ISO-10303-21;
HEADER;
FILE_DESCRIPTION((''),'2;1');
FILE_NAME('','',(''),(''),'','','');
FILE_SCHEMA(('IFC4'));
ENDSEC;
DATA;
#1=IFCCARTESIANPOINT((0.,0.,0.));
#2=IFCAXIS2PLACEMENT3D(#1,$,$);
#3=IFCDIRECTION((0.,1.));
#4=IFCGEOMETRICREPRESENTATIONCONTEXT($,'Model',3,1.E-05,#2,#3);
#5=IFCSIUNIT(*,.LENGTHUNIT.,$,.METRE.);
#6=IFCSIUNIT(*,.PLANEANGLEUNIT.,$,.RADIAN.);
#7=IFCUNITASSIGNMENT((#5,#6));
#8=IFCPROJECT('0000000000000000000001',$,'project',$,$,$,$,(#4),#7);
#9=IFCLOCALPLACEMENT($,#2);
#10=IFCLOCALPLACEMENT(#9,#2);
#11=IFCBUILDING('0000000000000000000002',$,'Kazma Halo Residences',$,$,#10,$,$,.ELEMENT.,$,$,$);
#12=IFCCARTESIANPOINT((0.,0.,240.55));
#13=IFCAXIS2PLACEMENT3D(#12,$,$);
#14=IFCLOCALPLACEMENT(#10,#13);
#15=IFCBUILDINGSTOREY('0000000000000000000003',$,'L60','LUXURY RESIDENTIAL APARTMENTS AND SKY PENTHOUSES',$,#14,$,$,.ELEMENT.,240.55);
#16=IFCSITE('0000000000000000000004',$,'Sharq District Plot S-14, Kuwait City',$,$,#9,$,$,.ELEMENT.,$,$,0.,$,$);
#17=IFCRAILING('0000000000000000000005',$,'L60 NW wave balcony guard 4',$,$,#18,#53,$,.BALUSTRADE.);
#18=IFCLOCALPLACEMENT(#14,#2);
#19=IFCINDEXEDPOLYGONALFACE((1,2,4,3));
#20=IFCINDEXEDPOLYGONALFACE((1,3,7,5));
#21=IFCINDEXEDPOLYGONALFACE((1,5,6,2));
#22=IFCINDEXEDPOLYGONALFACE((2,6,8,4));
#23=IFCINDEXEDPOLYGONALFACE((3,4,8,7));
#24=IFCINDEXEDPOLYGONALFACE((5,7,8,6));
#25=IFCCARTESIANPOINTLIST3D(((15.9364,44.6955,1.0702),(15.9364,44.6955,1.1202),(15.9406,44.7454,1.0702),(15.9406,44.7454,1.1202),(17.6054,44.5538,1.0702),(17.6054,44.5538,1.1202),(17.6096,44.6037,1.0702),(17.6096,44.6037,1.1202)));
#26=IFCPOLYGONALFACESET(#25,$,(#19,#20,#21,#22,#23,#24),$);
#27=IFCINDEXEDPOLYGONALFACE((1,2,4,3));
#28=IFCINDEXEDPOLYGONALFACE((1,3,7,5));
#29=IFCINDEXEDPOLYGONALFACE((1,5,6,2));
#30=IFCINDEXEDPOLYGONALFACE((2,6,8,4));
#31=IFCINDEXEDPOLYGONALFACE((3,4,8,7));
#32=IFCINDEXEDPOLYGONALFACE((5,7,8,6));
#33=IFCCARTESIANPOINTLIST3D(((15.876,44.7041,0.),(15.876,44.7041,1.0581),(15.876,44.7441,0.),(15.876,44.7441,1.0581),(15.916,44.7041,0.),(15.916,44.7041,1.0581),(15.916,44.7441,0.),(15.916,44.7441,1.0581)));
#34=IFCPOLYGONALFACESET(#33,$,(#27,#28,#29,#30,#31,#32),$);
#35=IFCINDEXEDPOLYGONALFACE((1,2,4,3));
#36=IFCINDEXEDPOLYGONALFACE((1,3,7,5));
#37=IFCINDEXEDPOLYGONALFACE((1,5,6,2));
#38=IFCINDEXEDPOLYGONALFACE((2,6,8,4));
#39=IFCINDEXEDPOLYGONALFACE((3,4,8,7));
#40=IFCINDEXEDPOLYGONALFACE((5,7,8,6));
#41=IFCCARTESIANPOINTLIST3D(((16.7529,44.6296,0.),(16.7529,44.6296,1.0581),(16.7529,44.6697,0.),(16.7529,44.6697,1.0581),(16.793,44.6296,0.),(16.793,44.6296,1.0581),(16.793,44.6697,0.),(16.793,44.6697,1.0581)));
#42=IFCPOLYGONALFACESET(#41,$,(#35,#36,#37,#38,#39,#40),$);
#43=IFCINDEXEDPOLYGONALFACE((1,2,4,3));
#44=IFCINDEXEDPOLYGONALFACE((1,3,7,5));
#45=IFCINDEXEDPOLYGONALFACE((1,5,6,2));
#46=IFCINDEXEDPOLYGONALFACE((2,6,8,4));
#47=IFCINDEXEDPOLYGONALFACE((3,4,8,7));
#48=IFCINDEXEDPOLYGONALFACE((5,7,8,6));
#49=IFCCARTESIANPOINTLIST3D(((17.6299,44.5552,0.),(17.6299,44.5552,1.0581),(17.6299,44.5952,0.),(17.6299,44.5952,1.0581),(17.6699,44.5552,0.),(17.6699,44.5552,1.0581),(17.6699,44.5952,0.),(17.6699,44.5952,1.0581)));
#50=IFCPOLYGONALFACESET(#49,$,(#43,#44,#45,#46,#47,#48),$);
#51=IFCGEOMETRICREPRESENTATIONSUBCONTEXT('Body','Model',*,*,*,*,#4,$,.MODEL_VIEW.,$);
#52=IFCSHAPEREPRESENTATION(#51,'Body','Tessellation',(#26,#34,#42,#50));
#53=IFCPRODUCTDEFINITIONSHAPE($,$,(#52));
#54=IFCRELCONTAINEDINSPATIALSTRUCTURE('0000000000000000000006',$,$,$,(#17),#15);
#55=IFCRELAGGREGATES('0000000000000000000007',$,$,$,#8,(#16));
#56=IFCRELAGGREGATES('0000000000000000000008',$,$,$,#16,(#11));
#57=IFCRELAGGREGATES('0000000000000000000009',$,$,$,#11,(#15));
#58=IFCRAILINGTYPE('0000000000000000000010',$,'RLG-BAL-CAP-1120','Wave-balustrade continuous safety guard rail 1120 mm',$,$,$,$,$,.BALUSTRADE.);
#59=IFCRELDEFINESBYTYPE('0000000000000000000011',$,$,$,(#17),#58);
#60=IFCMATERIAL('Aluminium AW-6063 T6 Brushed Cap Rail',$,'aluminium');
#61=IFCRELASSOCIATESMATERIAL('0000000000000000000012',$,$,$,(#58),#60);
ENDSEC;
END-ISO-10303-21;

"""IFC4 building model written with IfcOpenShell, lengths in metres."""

from ifc_helpers import new_model, si_unit, direction, frame, origin, origin_2d, place, context, subcontext, project, spatial, rectangle, extrude, material, type_object, element, save


model = new_model("IFC4")

# Units and contexts
model_context = context("Model", 3, precision=1e-05, world=origin(), true_north=direction((0.0, 1.0)))
body_context = subcontext(model_context, "Body", "Model", "MODEL_VIEW")
ifc_project = project(units=[si_unit("LENGTHUNIT", "METRE"), si_unit("PLANEANGLEUNIT", "RADIAN")], contexts=[model_context])

# Site, building, storey
site_placement = place(None, origin())
site = spatial("IfcSite", under=ifc_project, at=site_placement, Name="Sharq District Plot S-14, Kuwait City", CompositionType="ELEMENT", RefElevation=0.0)
building_placement = place(site_placement, origin())
building = spatial("IfcBuilding", under=site, at=building_placement, Name="Kazma Halo Residences", CompositionType="ELEMENT")
storey_placement = place(building_placement, frame((0.0, 0.0, 240.55)))
storey = spatial("IfcBuildingStorey", under=building, at=storey_placement, Name="L60", Description="LUXURY RESIDENTIAL APARTMENTS AND SKY PENTHOUSES", CompositionType="ELEMENT", Elevation=240.55)

# Railing
ifc_material_1 = material(Name="Aluminium AW-6063 T6 Brushed Cap Rail", Category="aluminium")
railing_type = type_object("IfcRailingType", Name="RLG-BAL-CAP-1120", Description="Wave-balustrade continuous safety guard rail 1120 mm", PredefinedType="BALUSTRADE", material=ifc_material_1)
railing_placement = place(storey_placement, frame((15.896, 44.7241, 0.0)))
element("IfcRailing", 1, at=railing_placement, inside=storey, type_object=railing_type, Name="L60 NW wave balcony guard 4", PredefinedType="BALUSTRADE", context=body_context, shape_type="SweptSolid", body=[
    extrude(rectangle(XDim=0.05, YDim=0.05, at=origin_2d()), frame((0.0425, -0.0037, 1.0952), z_axis=(0.996414, -0.084606, 0.0), x_axis=(0.084606, 0.996414, 0.0)), (0.0, 0.0, 1.0), 1.675),
    extrude(rectangle(XDim=0.04, YDim=0.04, at=origin_2d()), origin(), (0.0, 0.0, 1.0), 1.0581),
    extrude(rectangle(XDim=0.04, YDim=0.04, at=origin_2d()), frame((0.877, -0.0745, 0.0)), (0.0, 0.0, 1.0), 1.0581),
    extrude(rectangle(XDim=0.04, YDim=0.04, at=origin_2d()), frame((1.7539, -0.1489, 0.0)), (0.0, 0.0, 1.0), 1.0581),
])

save(model, "model.ifc")
